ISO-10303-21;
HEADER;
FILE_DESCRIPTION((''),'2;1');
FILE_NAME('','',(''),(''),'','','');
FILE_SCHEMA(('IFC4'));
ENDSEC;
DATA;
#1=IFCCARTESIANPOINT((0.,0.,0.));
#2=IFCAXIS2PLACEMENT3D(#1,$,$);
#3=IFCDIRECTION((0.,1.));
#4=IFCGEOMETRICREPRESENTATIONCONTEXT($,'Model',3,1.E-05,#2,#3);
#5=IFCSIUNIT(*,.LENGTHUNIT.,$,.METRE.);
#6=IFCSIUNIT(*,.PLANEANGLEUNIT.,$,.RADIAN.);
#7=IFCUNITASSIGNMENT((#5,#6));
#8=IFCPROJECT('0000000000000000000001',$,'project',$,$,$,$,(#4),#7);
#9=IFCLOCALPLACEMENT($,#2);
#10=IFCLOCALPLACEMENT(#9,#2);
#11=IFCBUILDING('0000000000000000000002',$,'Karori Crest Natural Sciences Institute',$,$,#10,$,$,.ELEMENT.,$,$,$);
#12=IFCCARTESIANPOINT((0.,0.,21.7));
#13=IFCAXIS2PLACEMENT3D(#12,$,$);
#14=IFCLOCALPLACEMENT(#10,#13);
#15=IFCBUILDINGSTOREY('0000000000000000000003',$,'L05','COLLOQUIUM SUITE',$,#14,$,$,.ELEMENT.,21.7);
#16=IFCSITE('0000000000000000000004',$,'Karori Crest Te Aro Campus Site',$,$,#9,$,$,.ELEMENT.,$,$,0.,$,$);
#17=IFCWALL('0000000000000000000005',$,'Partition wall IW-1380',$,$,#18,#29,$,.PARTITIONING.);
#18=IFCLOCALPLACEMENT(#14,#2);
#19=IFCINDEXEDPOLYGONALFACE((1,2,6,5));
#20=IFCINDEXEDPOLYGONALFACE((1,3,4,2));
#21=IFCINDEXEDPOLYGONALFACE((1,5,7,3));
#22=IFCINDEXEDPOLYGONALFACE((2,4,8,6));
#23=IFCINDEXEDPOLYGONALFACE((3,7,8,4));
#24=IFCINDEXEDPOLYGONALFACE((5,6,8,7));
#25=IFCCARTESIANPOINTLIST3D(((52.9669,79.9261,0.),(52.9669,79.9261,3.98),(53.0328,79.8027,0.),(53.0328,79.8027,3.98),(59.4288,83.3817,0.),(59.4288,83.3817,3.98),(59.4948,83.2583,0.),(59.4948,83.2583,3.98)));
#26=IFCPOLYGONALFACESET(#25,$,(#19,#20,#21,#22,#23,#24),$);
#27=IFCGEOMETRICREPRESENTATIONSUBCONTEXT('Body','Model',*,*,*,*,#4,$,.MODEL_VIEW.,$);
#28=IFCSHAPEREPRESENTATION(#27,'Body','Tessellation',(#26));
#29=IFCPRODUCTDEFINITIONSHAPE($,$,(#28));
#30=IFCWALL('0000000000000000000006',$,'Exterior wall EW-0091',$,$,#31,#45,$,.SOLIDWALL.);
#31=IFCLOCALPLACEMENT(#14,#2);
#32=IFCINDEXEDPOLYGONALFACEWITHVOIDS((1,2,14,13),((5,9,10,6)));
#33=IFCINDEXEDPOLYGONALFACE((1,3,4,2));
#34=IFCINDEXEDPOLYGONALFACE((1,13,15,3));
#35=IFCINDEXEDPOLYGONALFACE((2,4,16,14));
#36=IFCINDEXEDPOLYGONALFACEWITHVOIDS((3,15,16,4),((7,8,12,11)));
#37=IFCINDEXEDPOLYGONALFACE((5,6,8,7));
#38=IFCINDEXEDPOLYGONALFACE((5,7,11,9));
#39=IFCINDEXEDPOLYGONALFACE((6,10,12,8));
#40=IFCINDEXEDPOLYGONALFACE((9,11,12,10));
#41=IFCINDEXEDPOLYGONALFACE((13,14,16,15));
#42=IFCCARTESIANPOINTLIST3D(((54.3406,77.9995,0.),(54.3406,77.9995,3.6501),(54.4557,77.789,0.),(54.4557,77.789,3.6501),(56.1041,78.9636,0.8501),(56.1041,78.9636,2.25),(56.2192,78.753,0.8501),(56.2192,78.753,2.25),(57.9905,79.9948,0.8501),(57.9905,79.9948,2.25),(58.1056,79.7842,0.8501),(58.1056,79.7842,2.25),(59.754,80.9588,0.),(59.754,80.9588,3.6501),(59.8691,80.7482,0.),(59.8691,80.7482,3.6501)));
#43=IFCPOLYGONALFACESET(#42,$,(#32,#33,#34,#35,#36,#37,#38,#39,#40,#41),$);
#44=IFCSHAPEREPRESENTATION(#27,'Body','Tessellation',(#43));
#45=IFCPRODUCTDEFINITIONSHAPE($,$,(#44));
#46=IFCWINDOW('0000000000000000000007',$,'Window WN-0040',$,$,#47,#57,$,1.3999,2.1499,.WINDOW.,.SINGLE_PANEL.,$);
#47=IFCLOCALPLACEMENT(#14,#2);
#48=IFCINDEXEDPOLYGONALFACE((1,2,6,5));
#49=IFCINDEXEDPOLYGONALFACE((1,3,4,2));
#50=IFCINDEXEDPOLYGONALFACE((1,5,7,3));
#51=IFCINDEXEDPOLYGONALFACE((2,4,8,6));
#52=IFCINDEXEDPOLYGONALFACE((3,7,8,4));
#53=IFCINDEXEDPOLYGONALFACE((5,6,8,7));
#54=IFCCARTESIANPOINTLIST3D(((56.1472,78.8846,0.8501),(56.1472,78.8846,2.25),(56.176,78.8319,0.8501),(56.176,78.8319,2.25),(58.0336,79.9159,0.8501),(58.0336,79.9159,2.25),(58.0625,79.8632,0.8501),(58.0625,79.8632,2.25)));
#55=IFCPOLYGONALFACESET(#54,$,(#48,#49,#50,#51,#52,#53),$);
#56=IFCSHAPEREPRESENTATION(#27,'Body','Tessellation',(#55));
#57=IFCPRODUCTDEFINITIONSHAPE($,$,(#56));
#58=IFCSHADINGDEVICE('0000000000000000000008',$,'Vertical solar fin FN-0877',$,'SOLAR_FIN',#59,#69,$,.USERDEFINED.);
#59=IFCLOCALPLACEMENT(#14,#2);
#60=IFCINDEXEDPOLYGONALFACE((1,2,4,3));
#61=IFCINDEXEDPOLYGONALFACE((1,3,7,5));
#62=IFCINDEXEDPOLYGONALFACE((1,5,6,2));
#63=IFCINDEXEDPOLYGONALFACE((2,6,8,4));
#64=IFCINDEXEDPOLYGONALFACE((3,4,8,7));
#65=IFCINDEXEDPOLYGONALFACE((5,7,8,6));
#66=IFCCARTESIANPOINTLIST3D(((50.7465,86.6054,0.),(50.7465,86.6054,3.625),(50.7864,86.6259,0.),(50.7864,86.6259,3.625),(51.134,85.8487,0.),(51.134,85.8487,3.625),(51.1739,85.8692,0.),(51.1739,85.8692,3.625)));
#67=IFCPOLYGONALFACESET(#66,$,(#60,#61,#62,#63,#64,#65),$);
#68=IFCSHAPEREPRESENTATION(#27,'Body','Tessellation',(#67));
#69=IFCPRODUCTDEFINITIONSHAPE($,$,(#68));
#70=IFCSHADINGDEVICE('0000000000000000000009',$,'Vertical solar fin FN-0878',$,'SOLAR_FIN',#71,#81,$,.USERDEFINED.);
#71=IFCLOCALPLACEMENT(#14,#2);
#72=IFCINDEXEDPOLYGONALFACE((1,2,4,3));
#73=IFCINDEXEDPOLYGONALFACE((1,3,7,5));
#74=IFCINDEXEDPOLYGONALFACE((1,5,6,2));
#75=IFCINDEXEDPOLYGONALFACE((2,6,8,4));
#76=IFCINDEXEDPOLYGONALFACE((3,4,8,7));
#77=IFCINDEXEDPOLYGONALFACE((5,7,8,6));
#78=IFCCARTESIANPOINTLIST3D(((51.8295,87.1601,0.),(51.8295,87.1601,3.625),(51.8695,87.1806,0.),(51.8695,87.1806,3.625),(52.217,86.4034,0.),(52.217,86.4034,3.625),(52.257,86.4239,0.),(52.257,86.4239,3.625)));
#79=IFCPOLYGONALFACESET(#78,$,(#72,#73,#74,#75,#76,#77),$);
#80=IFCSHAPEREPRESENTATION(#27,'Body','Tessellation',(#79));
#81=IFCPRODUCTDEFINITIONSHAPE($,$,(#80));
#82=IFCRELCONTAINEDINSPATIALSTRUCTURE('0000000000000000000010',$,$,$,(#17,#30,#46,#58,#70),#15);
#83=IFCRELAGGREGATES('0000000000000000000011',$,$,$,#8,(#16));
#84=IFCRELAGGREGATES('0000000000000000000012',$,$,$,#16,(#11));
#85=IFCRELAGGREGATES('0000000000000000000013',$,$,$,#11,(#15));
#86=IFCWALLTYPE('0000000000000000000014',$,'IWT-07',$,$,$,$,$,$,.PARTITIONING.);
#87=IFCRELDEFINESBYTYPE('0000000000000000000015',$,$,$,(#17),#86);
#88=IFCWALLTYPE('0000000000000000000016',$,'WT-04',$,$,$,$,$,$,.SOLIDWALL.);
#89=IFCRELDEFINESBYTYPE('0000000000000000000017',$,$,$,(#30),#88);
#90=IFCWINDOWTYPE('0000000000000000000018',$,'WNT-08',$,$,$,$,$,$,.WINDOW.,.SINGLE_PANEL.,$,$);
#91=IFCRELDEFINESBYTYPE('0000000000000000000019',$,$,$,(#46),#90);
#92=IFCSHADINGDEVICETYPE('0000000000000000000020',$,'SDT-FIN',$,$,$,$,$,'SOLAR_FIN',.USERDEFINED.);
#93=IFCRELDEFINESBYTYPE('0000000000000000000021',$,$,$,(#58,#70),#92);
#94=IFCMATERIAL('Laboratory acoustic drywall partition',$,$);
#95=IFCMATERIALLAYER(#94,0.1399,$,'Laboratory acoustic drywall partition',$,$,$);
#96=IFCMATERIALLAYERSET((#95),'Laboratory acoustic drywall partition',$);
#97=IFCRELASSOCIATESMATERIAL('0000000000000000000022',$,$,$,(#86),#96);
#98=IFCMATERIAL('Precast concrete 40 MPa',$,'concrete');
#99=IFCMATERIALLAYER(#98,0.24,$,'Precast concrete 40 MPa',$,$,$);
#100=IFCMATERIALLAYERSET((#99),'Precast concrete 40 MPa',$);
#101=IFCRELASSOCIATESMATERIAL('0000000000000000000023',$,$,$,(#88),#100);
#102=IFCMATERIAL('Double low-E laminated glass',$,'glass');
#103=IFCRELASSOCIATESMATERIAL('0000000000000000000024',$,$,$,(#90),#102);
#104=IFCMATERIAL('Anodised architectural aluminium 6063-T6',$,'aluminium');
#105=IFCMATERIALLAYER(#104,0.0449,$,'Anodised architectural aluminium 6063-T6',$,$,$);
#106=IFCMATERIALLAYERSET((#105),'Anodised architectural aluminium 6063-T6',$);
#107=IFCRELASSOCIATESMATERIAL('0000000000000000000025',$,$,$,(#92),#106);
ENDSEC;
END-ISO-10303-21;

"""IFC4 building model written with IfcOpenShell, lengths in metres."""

from ifc_helpers import new_model, si_unit, direction, frame, frame_2d, origin, origin_2d, place, context, subcontext, project, spatial, rectangle, extrude, material, layer, layer_set, type_object, element, fill, save


model = new_model("IFC4")

# Units and contexts
model_context = context("Model", 3, precision=1e-05, world=origin(), true_north=direction((0.0, 1.0)))
body_context = subcontext(model_context, "Body", "Model", "MODEL_VIEW")
ifc_project = project(units=[si_unit("LENGTHUNIT", "METRE"), si_unit("PLANEANGLEUNIT", "RADIAN")], contexts=[model_context])

# Site, building, storey
site_placement = place(None, origin())
site = spatial("IfcSite", under=ifc_project, at=site_placement, Name="Karori Crest Te Aro Campus Site", CompositionType="ELEMENT", RefElevation=0.0)
building_placement = place(site_placement, origin())
building = spatial("IfcBuilding", under=site, at=building_placement, Name="Karori Crest Natural Sciences Institute", CompositionType="ELEMENT")
storey_placement = place(building_placement, frame((0.0, 0.0, 21.7)))
storey = spatial("IfcBuildingStorey", under=building, at=storey_placement, Name="L05", Description="COLLOQUIUM SUITE", CompositionType="ELEMENT", Elevation=21.7)

# Shared definitions
ifc_material_1 = material(Name="Anodised architectural aluminium 6063-T6", Category="aluminium")

# Shared definitions
ifc_material_2 = material(Name="Double low-E laminated glass", Category="glass")

# Wall
ifc_material_3 = material(Name="Laboratory acoustic drywall partition")
ifc_layer_1 = layer(ifc_material_3, 0.1399, Name="Laboratory acoustic drywall partition")
ifc_layer_set_1 = layer_set([ifc_layer_1], Name="Laboratory acoustic drywall partition")
wall_type_1 = type_object("IfcWallType", Name="IWT-07", PredefinedType="PARTITIONING", material=ifc_layer_set_1)
wall_1_placement = place(storey_placement, frame((59.4619, 83.3201, 0.0), z_axis=(0.0, 0.0, 1.0), x_axis=(-0.88183, -0.471567, 0.0)))
element("IfcWall", 1, at=wall_1_placement, inside=storey, type_object=wall_type_1, Name="Partition wall IW-1380", PredefinedType="PARTITIONING", context=body_context, shape_type="SweptSolid", body=[
    extrude(rectangle(XDim=7.3279, YDim=0.1399, at=frame_2d((3.6641, 0.0))), origin(), (0.0, 0.0, 1.0), 3.98),
])

# Wall, opening, window
ifc_material_4 = material(Name="Precast concrete 40 MPa", Category="concrete")
ifc_layer_2 = layer(ifc_material_4, 0.24, Name="Precast concrete 40 MPa")
ifc_layer_set_2 = layer_set([ifc_layer_2], Name="Precast concrete 40 MPa")
wall_type_2 = type_object("IfcWallType", Name="WT-04", PredefinedType="SOLIDWALL", material=ifc_layer_set_2)
wall_2_placement = place(storey_placement, frame((59.8115, 80.8535, 0.0), z_axis=(0.0, 0.0, 1.0), x_axis=(-0.877452, -0.479664, 0.0)))
wall_2 = element("IfcWall", 2, at=wall_2_placement, inside=storey, type_object=wall_type_2, Name="Exterior wall EW-0091", PredefinedType="SOLIDWALL", context=body_context, shape_type="SweptSolid", body=[
    extrude(rectangle(XDim=6.1694, YDim=0.24, at=frame_2d((3.0847, 0.0))), origin(), (0.0, 0.0, 1.0), 3.6501),
])
opening_placement = place(wall_2_placement, frame((2.0098, 0.0, 0.8501)))
opening = element("IfcOpeningElement", 3, at=opening_placement, cuts=wall_2, PredefinedType="OPENING", context=body_context, shape_type="SweptSolid", body=[
    extrude(rectangle(XDim=2.1499, YDim=1.3999, at=frame_2d((1.075, 0.7))), frame((0.0, 0.1299, 0.0), z_axis=(0.0, -1.0, 0.0), x_axis=(1.0, 0.0, 0.0)), (0.0, 0.0, 1.0), 0.26),
])
window_type = type_object("IfcWindowType", Name="WNT-08", PartitioningType="SINGLE_PANEL", PredefinedType="WINDOW", material=ifc_material_2)
window_placement = place(opening_placement, origin())
window = element("IfcWindow", 4, at=window_placement, inside=storey, type_object=window_type, Name="Window WN-0040", OverallHeight=1.3999, OverallWidth=2.1499, PartitioningType="SINGLE_PANEL", PredefinedType="WINDOW", context=body_context, shape_type="SweptSolid", body=[
    extrude(rectangle(XDim=2.1499, YDim=1.3999, at=frame_2d((1.075, 0.7))), frame((0.0, 0.03, 0.0), z_axis=(0.0, -1.0, 0.0), x_axis=(1.0, 0.0, 0.0)), (0.0, 0.0, 1.0), 0.0601),
])
fill(opening, window)

# Shading devices
ifc_layer_3 = layer(ifc_material_1, 0.0449, Name="Anodised architectural aluminium 6063-T6")
ifc_layer_set_3 = layer_set([ifc_layer_3], Name="Anodised architectural aluminium 6063-T6")
shading_device_type = type_object("IfcShadingDeviceType", Name="SDT-FIN", ElementType="SOLAR_FIN", PredefinedType="USERDEFINED", material=ifc_layer_set_3)
for number, where, z_axis, x_axis, name in (
    (5, (50.9602, 86.2373, 0.0), (0.0, 0.0, 1.0), (-0.455829, 0.890067, 0.0), "Vertical solar fin FN-0877"),
    (6, (52.0432, 86.792, 0.0), (0.0, 0.0, 1.0), (-0.455829, 0.890067, 0.0), "Vertical solar fin FN-0878"),
):
    element("IfcShadingDevice", number, at=place(storey_placement, frame(where, z_axis=z_axis, x_axis=x_axis)), inside=storey, type_object=shading_device_type, Name=name, ObjectType="SOLAR_FIN", PredefinedType="USERDEFINED", context=body_context, shape_type="SweptSolid", body=[
        extrude(rectangle(XDim=0.8501, YDim=0.0449, at=origin_2d()), origin(), (0.0, 0.0, 1.0), 3.625),
    ])

save(model, "model.ifc")
